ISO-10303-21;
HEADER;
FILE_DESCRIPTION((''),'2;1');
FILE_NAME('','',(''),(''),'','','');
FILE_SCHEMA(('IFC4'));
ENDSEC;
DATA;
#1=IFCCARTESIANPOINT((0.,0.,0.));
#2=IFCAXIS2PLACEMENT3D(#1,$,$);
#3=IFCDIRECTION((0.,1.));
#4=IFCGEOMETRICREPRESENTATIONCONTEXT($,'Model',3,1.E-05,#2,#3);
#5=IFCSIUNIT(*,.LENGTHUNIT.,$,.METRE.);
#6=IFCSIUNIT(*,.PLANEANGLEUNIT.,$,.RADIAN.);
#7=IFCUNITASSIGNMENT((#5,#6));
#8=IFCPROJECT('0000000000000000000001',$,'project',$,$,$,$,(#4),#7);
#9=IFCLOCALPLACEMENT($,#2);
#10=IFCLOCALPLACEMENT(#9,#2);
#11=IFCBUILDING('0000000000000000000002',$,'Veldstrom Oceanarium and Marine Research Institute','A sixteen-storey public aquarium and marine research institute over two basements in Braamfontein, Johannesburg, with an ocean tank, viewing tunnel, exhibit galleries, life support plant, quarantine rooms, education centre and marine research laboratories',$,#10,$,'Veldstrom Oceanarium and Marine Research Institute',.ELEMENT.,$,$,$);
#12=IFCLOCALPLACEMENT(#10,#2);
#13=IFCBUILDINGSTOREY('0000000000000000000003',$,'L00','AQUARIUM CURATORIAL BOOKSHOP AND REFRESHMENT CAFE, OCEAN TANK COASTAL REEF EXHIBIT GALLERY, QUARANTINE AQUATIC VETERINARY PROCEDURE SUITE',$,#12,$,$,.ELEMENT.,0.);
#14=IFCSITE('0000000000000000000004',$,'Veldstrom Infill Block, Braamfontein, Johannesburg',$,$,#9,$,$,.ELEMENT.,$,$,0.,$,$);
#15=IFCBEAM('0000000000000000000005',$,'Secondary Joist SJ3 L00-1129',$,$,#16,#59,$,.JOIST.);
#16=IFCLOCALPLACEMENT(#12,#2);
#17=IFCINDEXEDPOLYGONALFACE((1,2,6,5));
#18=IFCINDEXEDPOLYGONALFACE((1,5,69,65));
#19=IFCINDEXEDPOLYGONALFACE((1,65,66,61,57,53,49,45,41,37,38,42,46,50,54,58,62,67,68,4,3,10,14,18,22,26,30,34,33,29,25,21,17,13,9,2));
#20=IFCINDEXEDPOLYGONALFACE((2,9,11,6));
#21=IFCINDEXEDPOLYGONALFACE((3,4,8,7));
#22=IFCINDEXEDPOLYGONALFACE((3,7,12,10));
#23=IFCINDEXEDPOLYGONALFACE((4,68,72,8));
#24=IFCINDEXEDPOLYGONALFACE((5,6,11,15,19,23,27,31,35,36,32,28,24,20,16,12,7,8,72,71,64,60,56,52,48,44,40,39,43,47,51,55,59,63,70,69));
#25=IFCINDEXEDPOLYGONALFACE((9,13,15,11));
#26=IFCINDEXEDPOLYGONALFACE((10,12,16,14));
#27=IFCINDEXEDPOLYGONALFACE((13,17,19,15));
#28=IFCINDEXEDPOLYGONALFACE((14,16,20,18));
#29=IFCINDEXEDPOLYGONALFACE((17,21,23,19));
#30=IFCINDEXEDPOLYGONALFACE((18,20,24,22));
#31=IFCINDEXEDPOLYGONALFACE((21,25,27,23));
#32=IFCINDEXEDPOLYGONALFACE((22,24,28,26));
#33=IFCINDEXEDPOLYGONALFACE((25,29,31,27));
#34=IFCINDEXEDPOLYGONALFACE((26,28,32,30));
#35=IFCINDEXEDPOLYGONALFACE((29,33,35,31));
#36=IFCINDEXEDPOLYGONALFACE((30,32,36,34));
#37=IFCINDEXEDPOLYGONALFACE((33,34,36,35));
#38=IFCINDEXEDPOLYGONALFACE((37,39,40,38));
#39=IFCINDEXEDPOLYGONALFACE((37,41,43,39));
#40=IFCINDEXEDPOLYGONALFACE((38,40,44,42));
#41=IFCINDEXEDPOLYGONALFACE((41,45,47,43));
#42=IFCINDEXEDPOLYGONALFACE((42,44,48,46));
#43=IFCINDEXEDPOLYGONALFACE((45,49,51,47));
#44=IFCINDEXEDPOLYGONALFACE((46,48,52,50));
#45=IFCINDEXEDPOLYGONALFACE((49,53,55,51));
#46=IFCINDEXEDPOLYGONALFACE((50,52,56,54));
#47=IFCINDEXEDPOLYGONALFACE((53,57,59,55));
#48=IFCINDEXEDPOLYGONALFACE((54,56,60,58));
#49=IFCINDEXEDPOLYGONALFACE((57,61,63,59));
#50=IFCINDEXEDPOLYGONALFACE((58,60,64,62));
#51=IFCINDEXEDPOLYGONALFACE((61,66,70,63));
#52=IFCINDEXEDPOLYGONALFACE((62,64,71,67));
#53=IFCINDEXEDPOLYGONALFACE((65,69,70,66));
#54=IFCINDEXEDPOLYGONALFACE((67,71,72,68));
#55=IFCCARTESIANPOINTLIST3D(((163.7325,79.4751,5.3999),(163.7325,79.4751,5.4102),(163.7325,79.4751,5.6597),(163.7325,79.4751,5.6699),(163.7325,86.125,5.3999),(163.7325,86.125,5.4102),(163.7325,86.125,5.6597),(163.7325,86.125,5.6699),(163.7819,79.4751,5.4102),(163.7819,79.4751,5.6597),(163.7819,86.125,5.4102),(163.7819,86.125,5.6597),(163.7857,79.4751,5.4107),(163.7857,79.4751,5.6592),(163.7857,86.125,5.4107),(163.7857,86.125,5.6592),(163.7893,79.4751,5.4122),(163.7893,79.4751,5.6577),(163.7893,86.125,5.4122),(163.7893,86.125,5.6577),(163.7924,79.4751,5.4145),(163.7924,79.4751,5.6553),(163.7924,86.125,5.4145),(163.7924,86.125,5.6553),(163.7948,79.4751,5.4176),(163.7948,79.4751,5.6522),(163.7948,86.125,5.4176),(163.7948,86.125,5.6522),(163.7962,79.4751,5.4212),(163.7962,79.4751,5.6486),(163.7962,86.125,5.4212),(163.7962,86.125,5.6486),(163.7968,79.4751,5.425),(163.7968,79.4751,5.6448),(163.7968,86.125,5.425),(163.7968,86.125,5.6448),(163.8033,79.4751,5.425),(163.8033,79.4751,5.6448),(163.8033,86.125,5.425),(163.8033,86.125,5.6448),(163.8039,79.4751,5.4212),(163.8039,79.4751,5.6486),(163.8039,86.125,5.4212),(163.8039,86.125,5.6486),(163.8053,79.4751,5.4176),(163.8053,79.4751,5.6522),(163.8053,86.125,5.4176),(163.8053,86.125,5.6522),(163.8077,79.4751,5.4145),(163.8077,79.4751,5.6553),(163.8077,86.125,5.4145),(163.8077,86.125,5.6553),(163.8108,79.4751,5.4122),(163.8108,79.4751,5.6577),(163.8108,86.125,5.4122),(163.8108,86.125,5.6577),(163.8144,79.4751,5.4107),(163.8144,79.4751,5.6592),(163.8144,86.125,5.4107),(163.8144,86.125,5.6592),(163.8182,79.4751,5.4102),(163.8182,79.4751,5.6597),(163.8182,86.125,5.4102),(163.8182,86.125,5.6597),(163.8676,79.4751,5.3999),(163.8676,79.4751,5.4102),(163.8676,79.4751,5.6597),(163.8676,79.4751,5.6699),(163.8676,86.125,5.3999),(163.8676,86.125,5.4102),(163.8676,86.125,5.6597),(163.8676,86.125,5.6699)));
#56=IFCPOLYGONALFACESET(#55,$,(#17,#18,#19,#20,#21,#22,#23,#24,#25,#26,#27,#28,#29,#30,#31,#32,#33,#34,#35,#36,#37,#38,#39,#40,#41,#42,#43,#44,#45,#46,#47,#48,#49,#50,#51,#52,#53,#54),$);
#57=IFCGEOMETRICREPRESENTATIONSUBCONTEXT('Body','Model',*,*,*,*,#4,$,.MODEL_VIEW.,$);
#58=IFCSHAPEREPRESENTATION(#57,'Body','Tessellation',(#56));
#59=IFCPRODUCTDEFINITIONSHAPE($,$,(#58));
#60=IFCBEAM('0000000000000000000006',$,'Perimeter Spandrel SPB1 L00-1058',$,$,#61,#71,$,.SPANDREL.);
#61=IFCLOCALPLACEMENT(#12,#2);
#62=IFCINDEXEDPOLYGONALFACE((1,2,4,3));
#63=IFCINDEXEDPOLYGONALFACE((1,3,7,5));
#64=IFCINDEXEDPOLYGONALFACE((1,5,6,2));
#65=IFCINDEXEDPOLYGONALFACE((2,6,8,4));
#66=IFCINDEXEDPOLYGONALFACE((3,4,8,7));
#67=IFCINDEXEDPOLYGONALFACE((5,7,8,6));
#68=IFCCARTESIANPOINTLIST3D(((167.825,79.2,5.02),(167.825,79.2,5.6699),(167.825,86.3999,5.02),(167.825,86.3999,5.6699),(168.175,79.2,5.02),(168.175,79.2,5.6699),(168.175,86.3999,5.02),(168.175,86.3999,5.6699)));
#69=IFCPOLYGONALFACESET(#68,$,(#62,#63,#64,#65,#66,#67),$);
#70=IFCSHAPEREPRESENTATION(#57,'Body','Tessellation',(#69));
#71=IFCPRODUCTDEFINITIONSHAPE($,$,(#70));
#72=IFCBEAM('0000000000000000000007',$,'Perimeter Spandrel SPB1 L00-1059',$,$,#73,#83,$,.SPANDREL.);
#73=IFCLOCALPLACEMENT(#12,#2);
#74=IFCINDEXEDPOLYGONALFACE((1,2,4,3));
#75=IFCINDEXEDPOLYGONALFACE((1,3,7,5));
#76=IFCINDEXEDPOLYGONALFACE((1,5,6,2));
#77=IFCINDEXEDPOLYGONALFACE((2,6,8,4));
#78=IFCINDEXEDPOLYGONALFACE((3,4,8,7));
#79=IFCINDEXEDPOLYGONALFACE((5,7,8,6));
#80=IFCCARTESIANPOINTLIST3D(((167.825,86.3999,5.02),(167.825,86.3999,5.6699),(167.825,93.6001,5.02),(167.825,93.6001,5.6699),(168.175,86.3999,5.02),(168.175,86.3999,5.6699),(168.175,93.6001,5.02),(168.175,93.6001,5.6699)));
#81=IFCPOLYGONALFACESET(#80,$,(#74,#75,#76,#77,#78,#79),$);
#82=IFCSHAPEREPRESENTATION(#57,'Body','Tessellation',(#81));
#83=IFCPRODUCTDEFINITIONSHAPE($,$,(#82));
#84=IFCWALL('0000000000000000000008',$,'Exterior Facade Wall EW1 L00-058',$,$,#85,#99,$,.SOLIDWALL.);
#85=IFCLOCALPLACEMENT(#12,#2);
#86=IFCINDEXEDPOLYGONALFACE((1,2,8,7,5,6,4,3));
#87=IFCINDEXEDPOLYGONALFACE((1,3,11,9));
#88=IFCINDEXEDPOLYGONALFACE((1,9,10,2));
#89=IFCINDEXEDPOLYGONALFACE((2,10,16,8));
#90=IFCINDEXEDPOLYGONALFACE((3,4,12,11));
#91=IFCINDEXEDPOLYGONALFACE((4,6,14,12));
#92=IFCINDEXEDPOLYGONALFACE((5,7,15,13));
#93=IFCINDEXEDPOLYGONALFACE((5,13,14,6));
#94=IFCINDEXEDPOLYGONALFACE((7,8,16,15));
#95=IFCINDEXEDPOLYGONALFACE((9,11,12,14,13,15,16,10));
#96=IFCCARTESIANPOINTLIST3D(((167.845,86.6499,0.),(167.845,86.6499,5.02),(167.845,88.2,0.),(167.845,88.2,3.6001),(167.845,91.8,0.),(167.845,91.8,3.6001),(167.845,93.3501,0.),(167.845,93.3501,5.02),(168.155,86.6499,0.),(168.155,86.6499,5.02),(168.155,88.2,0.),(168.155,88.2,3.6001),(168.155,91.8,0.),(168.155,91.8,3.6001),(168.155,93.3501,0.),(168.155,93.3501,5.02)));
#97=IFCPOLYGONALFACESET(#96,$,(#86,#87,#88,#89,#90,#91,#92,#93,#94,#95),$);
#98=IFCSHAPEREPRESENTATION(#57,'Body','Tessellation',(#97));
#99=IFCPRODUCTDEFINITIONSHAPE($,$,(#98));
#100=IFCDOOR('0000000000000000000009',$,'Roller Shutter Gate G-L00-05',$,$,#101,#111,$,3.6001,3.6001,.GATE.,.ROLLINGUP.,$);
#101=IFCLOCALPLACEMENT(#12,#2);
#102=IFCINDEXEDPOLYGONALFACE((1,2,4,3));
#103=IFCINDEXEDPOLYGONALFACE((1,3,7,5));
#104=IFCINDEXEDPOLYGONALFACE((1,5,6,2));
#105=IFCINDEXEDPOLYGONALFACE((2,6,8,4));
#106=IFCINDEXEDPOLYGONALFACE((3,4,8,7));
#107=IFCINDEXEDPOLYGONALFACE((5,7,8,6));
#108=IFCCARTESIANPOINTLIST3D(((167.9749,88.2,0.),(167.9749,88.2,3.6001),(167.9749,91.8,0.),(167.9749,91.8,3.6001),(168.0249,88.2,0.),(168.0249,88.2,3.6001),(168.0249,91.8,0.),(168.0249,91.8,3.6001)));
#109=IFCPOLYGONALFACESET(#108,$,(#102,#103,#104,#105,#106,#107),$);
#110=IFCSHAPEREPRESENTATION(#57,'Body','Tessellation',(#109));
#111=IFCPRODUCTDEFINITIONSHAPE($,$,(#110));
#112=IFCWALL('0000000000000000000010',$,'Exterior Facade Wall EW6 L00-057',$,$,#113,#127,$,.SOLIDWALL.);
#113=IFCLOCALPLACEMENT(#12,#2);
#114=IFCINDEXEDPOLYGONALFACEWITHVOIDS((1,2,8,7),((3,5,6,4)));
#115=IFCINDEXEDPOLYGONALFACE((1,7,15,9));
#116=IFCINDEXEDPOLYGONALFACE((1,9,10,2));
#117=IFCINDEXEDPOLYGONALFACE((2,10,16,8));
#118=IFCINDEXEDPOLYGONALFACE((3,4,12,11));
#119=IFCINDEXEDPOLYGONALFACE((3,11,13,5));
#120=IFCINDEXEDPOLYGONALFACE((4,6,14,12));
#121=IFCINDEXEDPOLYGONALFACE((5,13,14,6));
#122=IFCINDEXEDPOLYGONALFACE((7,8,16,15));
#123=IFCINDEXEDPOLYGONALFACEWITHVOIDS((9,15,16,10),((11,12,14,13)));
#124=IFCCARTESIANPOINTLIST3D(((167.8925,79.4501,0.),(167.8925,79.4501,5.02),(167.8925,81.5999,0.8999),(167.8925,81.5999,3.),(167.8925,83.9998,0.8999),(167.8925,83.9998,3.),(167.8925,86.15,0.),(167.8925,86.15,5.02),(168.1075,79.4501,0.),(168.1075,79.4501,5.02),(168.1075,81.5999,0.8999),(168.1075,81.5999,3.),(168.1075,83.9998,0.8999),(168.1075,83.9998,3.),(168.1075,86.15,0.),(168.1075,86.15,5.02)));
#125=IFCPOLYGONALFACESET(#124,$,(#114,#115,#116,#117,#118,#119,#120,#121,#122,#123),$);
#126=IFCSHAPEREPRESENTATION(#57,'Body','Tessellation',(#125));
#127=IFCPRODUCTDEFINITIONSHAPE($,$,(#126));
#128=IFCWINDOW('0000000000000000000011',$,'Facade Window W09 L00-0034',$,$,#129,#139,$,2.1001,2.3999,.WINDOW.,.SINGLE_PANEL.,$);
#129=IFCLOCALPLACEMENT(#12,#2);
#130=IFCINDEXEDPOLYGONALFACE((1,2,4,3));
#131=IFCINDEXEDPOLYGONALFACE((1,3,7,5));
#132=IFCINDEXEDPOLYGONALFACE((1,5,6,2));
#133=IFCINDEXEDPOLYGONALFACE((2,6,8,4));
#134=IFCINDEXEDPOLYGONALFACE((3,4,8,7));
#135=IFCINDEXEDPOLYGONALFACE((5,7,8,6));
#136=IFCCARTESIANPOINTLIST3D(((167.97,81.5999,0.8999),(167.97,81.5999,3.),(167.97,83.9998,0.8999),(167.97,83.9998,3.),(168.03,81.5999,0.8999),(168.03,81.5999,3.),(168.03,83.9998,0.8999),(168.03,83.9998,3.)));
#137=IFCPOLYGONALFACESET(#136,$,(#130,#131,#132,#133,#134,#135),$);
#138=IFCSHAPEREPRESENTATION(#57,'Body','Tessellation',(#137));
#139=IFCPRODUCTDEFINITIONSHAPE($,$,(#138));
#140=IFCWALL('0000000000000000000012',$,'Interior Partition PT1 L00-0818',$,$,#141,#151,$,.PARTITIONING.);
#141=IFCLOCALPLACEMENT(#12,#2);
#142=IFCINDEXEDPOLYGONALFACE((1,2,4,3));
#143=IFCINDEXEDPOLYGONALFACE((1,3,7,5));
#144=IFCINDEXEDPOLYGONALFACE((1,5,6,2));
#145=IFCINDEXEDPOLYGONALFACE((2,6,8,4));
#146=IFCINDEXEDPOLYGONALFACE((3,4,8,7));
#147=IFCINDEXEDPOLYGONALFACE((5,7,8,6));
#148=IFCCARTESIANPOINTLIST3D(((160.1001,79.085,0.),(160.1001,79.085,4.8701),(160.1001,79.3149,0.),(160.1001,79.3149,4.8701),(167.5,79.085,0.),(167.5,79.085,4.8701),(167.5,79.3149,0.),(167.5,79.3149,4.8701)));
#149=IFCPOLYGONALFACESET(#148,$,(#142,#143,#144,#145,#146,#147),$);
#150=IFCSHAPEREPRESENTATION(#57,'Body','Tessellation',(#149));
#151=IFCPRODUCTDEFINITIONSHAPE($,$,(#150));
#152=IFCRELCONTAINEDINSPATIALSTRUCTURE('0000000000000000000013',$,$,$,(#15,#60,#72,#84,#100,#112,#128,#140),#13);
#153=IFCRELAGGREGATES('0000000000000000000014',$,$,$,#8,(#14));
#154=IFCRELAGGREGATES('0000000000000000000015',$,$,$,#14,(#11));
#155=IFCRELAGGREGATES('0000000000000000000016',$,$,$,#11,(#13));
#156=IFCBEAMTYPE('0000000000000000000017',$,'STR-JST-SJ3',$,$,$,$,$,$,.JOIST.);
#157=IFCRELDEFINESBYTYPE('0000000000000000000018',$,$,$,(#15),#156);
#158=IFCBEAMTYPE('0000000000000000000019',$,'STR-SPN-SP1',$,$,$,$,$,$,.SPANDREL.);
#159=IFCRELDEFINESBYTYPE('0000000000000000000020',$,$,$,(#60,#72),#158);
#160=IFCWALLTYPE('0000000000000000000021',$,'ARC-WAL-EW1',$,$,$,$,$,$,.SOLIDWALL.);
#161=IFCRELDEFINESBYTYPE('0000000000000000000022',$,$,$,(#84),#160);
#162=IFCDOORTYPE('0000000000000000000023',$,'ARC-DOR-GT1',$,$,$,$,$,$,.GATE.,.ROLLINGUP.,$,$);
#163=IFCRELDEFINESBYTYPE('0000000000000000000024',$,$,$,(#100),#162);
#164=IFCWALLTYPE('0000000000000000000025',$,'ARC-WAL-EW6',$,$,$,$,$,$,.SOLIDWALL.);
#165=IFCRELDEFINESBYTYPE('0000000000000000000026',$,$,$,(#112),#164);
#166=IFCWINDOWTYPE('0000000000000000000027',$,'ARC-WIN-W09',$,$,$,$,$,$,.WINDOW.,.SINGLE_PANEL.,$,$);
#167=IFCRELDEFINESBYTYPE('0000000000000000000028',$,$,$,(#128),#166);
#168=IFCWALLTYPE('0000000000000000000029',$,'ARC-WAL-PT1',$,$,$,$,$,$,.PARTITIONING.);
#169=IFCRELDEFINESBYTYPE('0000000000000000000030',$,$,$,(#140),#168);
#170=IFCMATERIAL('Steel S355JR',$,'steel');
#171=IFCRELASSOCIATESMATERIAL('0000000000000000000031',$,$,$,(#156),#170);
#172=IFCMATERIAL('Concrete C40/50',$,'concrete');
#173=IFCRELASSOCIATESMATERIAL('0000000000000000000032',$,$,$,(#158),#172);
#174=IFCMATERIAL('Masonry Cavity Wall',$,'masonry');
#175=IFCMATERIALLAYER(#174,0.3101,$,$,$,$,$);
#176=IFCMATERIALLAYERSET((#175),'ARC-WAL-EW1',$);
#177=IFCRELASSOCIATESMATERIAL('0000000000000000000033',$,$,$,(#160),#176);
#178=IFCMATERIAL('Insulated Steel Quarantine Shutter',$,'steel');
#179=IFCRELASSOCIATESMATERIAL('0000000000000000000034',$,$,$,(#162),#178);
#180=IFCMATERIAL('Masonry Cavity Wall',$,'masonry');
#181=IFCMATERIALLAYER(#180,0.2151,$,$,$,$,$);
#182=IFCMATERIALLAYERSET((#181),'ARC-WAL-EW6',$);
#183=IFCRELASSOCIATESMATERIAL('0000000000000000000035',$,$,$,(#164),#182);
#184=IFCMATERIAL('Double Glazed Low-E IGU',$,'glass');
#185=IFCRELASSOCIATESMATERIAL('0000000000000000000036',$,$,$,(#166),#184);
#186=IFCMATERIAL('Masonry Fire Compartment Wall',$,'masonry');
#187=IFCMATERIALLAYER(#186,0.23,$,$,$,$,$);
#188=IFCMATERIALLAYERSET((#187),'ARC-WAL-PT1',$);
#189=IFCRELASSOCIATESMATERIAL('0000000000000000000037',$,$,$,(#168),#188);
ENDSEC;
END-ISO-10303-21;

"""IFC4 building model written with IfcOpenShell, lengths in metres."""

from ifc_helpers import new_model, si_unit, direction, frame, frame_2d, origin, origin_2d, place, context, subcontext, project, spatial, rectangle, i_section, extrude, material, layer, layer_set, material_profile, profile_set, type_object, element, fill, save


model = new_model("IFC4")

# Units and contexts
model_context = context("Model", 3, precision=1e-05, world=origin(), true_north=direction((0.0, 1.0)))
body_context = subcontext(model_context, "Body", "Model", "MODEL_VIEW")
ifc_project = project(units=[si_unit("LENGTHUNIT", "METRE"), si_unit("PLANEANGLEUNIT", "RADIAN")], contexts=[model_context])

# Site, building, storey
site_placement = place(None, origin())
site = spatial("IfcSite", under=ifc_project, at=site_placement, Name="Veldstrom Infill Block, Braamfontein, Johannesburg", CompositionType="ELEMENT", RefElevation=0.0)
building_placement = place(site_placement, origin())
building = spatial("IfcBuilding", under=site, at=building_placement, Name="Veldstrom Oceanarium and Marine Research Institute", Description="A sixteen-storey public aquarium and marine research institute over two basements in Braamfontein, Johannesburg, with an ocean tank, viewing tunnel, exhibit galleries, life support plant, quarantine rooms, education centre and marine research laboratories", LongName="Veldstrom Oceanarium and Marine Research Institute", CompositionType="ELEMENT")
storey_placement = place(building_placement, origin())
storey = spatial("IfcBuildingStorey", under=building, at=storey_placement, Name="L00", Description="AQUARIUM CURATORIAL BOOKSHOP AND REFRESHMENT CAFE, OCEAN TANK COASTAL REEF EXHIBIT GALLERY, QUARANTINE AQUATIC VETERINARY PROCEDURE SUITE", CompositionType="ELEMENT", Elevation=0.0)

# Beams
ifc_material_1 = material(Name="Steel S355JR", Category="steel")
ifc_material_profile_1 = material_profile(ifc_material_1, i_section(OverallWidth=0.135, OverallDepth=0.27, WebThickness=0.0066, FlangeThickness=0.0103, FilletRadius=0.0149, at=origin_2d()), Name="IPE 270")
ifc_profile_set_1 = profile_set([ifc_material_profile_1], Name="Steel S355JR")
beam_type_1 = type_object("IfcBeamType", Name="STR-JST-SJ3", PredefinedType="JOIST", material=ifc_profile_set_1)
beam_1_placement = place(storey_placement, frame((163.8, 79.4751, 5.5349), z_axis=(0.0, 1.0, 0.0), x_axis=(-1.0, 0.0, 0.0)))
element("IfcBeam", 1, at=beam_1_placement, inside=storey, type_object=beam_type_1, Name="Secondary Joist SJ3 L00-1129", PredefinedType="JOIST", context=body_context, shape_type="SweptSolid", body=[
    extrude(i_section(OverallWidth=0.135, OverallDepth=0.27, WebThickness=0.0066, FlangeThickness=0.0103, FilletRadius=0.0149, at=origin_2d()), origin(), (0.0, 0.0, 1.0), 6.6499),
])
ifc_material_2 = material(Name="Concrete C40/50", Category="concrete")
ifc_material_profile_2 = material_profile(ifc_material_2, rectangle(XDim=0.3501, YDim=0.6499, at=origin_2d()), Name="RC-SPN-350x650")
ifc_profile_set_2 = profile_set([ifc_material_profile_2], Name="Concrete C40/50")
beam_type_2 = type_object("IfcBeamType", Name="STR-SPN-SP1", PredefinedType="SPANDREL", material=ifc_profile_set_2)
beam_2_placement = place(storey_placement, frame((168.0, 79.2, 5.345), z_axis=(0.0, 1.0, 0.0), x_axis=(-1.0, 0.0, 0.0)))
element("IfcBeam", 2, at=beam_2_placement, inside=storey, type_object=beam_type_2, Name="Perimeter Spandrel SPB1 L00-1058", PredefinedType="SPANDREL", context=body_context, shape_type="SweptSolid", body=[
    extrude(rectangle(XDim=0.3501, YDim=0.6499, at=origin_2d()), origin(), (0.0, 0.0, 1.0), 7.2),
])
beam_3_placement = place(storey_placement, frame((168.0, 86.3999, 5.345), z_axis=(0.0, 1.0, 0.0), x_axis=(-1.0, 0.0, 0.0)))
element("IfcBeam", 3, at=beam_3_placement, inside=storey, type_object=beam_type_2, Name="Perimeter Spandrel SPB1 L00-1059", PredefinedType="SPANDREL", context=body_context, shape_type="SweptSolid", body=[
    extrude(rectangle(XDim=0.3501, YDim=0.6499, at=origin_2d()), origin(), (0.0, 0.0, 1.0), 7.2002),
])

# Wall, opening, door
ifc_material_3 = material(Name="Masonry Cavity Wall", Category="masonry")
ifc_layer_1 = layer(ifc_material_3, 0.3101)
ifc_layer_set_1 = layer_set([ifc_layer_1], Name="ARC-WAL-EW1")
wall_type_1 = type_object("IfcWallType", Name="ARC-WAL-EW1", PredefinedType="SOLIDWALL", material=ifc_layer_set_1)
wall_1_placement = place(storey_placement, frame((168.0, 86.6499, 0.0), z_axis=(0.0, 0.0, 1.0), x_axis=(0.0, 1.0, 0.0)))
wall_1 = element("IfcWall", 4, at=wall_1_placement, inside=storey, type_object=wall_type_1, Name="Exterior Facade Wall EW1 L00-058", PredefinedType="SOLIDWALL", context=body_context, shape_type="SweptSolid", body=[
    extrude(rectangle(XDim=6.7002, YDim=0.3101, at=frame_2d((3.3501, 0.0))), origin(), (0.0, 0.0, 1.0), 5.02),
])
opening_1_placement = place(wall_1_placement, frame((1.55, 0.0, 0.0)))
opening_1 = element("IfcOpeningElement", 5, at=opening_1_placement, cuts=wall_1, PredefinedType="OPENING", context=body_context, shape_type="SweptSolid", body=[
    extrude(rectangle(XDim=3.6001, YDim=3.6001, at=frame_2d((1.8, 1.8))), frame((0.0, 0.165, 0.0), z_axis=(0.0, -1.0, 0.0), x_axis=(1.0, 0.0, 0.0)), (0.0, 0.0, 1.0), 0.3301),
])
ifc_material_4 = material(Name="Insulated Steel Quarantine Shutter", Category="steel")
door_type_1 = type_object("IfcDoorType", Name="ARC-DOR-GT1", OperationType="ROLLINGUP", PredefinedType="GATE", material=ifc_material_4)
door_1_placement = place(opening_1_placement, frame((3.6001, 0.0, 0.0), z_axis=(0.0, 0.0, 1.0), x_axis=(-1.0, 0.0, 0.0)))
door_1 = element("IfcDoor", 6, at=door_1_placement, inside=storey, type_object=door_type_1, Name="Roller Shutter Gate G-L00-05", OperationType="ROLLINGUP", OverallHeight=3.6001, OverallWidth=3.6001, PredefinedType="GATE", context=body_context, shape_type="SweptSolid", body=[
    extrude(rectangle(XDim=3.6001, YDim=3.6001, at=frame_2d((1.8, 1.8))), frame((0.0, 0.0249, 0.0), z_axis=(0.0, -1.0, 0.0), x_axis=(1.0, 0.0, 0.0)), (0.0, 0.0, 1.0), 0.05),
])
fill(opening_1, door_1)

# Wall, opening, window
ifc_material_5 = material(Name="Masonry Cavity Wall", Category="masonry")
ifc_layer_2 = layer(ifc_material_5, 0.2151)
ifc_layer_set_2 = layer_set([ifc_layer_2], Name="ARC-WAL-EW6")
wall_type_2 = type_object("IfcWallType", Name="ARC-WAL-EW6", PredefinedType="SOLIDWALL", material=ifc_layer_set_2)
wall_2_placement = place(storey_placement, frame((168.0, 79.45, 0.0), z_axis=(0.0, 0.0, 1.0), x_axis=(0.0, 1.0, 0.0)))
wall_2 = element("IfcWall", 7, at=wall_2_placement, inside=storey, type_object=wall_type_2, Name="Exterior Facade Wall EW6 L00-057", PredefinedType="SOLIDWALL", context=body_context, shape_type="SweptSolid", body=[
    extrude(rectangle(XDim=6.7, YDim=0.2151, at=frame_2d((3.3501, 0.0))), origin(), (0.0, 0.0, 1.0), 5.02),
])
opening_2_placement = place(wall_2_placement, frame((2.1499, 0.0, 0.8999)))
opening_2 = element("IfcOpeningElement", 8, at=opening_2_placement, cuts=wall_2, PredefinedType="OPENING", context=body_context, shape_type="SweptSolid", body=[
    extrude(rectangle(XDim=2.3999, YDim=2.1001, at=frame_2d((1.2, 1.05))), frame((0.0, 0.1174, 0.0), z_axis=(0.0, -1.0, 0.0), x_axis=(1.0, 0.0, 0.0)), (0.0, 0.0, 1.0), 0.2351),
])
ifc_material_6 = material(Name="Double Glazed Low-E IGU", Category="glass")
window_type = type_object("IfcWindowType", Name="ARC-WIN-W09", PartitioningType="SINGLE_PANEL", PredefinedType="WINDOW", material=ifc_material_6)
window_placement = place(opening_2_placement, origin())
window = element("IfcWindow", 9, at=window_placement, inside=storey, type_object=window_type, Name="Facade Window W09 L00-0034", OverallHeight=2.1001, OverallWidth=2.3999, PartitioningType="SINGLE_PANEL", PredefinedType="WINDOW", context=body_context, shape_type="SweptSolid", body=[
    extrude(rectangle(XDim=2.3999, YDim=2.1001, at=frame_2d((1.2, 1.05))), frame((0.0, 0.03, 0.0), z_axis=(0.0, -1.0, 0.0), x_axis=(1.0, 0.0, 0.0)), (0.0, 0.0, 1.0), 0.0601),
])
fill(opening_2, window)

# Wall
ifc_material_7 = material(Name="Masonry Fire Compartment Wall", Category="masonry")
ifc_layer_3 = layer(ifc_material_7, 0.23)
ifc_layer_set_3 = layer_set([ifc_layer_3], Name="ARC-WAL-PT1")
wall_type_3 = type_object("IfcWallType", Name="ARC-WAL-PT1", PredefinedType="PARTITIONING", material=ifc_layer_set_3)
wall_3_placement = place(storey_placement, frame((160.1001, 79.2, 0.0), z_axis=(0.0, 0.0, 1.0), x_axis=(1.0, 0.0, 0.0)))
element("IfcWall", 10, at=wall_3_placement, inside=storey, type_object=wall_type_3, Name="Interior Partition PT1 L00-0818", PredefinedType="PARTITIONING", context=body_context, shape_type="SweptSolid", body=[
    extrude(rectangle(XDim=7.3999, YDim=0.23, at=frame_2d((3.7, 0.0))), origin(), (0.0, 0.0, 1.0), 4.8701),
])

save(model, "model.ifc")
